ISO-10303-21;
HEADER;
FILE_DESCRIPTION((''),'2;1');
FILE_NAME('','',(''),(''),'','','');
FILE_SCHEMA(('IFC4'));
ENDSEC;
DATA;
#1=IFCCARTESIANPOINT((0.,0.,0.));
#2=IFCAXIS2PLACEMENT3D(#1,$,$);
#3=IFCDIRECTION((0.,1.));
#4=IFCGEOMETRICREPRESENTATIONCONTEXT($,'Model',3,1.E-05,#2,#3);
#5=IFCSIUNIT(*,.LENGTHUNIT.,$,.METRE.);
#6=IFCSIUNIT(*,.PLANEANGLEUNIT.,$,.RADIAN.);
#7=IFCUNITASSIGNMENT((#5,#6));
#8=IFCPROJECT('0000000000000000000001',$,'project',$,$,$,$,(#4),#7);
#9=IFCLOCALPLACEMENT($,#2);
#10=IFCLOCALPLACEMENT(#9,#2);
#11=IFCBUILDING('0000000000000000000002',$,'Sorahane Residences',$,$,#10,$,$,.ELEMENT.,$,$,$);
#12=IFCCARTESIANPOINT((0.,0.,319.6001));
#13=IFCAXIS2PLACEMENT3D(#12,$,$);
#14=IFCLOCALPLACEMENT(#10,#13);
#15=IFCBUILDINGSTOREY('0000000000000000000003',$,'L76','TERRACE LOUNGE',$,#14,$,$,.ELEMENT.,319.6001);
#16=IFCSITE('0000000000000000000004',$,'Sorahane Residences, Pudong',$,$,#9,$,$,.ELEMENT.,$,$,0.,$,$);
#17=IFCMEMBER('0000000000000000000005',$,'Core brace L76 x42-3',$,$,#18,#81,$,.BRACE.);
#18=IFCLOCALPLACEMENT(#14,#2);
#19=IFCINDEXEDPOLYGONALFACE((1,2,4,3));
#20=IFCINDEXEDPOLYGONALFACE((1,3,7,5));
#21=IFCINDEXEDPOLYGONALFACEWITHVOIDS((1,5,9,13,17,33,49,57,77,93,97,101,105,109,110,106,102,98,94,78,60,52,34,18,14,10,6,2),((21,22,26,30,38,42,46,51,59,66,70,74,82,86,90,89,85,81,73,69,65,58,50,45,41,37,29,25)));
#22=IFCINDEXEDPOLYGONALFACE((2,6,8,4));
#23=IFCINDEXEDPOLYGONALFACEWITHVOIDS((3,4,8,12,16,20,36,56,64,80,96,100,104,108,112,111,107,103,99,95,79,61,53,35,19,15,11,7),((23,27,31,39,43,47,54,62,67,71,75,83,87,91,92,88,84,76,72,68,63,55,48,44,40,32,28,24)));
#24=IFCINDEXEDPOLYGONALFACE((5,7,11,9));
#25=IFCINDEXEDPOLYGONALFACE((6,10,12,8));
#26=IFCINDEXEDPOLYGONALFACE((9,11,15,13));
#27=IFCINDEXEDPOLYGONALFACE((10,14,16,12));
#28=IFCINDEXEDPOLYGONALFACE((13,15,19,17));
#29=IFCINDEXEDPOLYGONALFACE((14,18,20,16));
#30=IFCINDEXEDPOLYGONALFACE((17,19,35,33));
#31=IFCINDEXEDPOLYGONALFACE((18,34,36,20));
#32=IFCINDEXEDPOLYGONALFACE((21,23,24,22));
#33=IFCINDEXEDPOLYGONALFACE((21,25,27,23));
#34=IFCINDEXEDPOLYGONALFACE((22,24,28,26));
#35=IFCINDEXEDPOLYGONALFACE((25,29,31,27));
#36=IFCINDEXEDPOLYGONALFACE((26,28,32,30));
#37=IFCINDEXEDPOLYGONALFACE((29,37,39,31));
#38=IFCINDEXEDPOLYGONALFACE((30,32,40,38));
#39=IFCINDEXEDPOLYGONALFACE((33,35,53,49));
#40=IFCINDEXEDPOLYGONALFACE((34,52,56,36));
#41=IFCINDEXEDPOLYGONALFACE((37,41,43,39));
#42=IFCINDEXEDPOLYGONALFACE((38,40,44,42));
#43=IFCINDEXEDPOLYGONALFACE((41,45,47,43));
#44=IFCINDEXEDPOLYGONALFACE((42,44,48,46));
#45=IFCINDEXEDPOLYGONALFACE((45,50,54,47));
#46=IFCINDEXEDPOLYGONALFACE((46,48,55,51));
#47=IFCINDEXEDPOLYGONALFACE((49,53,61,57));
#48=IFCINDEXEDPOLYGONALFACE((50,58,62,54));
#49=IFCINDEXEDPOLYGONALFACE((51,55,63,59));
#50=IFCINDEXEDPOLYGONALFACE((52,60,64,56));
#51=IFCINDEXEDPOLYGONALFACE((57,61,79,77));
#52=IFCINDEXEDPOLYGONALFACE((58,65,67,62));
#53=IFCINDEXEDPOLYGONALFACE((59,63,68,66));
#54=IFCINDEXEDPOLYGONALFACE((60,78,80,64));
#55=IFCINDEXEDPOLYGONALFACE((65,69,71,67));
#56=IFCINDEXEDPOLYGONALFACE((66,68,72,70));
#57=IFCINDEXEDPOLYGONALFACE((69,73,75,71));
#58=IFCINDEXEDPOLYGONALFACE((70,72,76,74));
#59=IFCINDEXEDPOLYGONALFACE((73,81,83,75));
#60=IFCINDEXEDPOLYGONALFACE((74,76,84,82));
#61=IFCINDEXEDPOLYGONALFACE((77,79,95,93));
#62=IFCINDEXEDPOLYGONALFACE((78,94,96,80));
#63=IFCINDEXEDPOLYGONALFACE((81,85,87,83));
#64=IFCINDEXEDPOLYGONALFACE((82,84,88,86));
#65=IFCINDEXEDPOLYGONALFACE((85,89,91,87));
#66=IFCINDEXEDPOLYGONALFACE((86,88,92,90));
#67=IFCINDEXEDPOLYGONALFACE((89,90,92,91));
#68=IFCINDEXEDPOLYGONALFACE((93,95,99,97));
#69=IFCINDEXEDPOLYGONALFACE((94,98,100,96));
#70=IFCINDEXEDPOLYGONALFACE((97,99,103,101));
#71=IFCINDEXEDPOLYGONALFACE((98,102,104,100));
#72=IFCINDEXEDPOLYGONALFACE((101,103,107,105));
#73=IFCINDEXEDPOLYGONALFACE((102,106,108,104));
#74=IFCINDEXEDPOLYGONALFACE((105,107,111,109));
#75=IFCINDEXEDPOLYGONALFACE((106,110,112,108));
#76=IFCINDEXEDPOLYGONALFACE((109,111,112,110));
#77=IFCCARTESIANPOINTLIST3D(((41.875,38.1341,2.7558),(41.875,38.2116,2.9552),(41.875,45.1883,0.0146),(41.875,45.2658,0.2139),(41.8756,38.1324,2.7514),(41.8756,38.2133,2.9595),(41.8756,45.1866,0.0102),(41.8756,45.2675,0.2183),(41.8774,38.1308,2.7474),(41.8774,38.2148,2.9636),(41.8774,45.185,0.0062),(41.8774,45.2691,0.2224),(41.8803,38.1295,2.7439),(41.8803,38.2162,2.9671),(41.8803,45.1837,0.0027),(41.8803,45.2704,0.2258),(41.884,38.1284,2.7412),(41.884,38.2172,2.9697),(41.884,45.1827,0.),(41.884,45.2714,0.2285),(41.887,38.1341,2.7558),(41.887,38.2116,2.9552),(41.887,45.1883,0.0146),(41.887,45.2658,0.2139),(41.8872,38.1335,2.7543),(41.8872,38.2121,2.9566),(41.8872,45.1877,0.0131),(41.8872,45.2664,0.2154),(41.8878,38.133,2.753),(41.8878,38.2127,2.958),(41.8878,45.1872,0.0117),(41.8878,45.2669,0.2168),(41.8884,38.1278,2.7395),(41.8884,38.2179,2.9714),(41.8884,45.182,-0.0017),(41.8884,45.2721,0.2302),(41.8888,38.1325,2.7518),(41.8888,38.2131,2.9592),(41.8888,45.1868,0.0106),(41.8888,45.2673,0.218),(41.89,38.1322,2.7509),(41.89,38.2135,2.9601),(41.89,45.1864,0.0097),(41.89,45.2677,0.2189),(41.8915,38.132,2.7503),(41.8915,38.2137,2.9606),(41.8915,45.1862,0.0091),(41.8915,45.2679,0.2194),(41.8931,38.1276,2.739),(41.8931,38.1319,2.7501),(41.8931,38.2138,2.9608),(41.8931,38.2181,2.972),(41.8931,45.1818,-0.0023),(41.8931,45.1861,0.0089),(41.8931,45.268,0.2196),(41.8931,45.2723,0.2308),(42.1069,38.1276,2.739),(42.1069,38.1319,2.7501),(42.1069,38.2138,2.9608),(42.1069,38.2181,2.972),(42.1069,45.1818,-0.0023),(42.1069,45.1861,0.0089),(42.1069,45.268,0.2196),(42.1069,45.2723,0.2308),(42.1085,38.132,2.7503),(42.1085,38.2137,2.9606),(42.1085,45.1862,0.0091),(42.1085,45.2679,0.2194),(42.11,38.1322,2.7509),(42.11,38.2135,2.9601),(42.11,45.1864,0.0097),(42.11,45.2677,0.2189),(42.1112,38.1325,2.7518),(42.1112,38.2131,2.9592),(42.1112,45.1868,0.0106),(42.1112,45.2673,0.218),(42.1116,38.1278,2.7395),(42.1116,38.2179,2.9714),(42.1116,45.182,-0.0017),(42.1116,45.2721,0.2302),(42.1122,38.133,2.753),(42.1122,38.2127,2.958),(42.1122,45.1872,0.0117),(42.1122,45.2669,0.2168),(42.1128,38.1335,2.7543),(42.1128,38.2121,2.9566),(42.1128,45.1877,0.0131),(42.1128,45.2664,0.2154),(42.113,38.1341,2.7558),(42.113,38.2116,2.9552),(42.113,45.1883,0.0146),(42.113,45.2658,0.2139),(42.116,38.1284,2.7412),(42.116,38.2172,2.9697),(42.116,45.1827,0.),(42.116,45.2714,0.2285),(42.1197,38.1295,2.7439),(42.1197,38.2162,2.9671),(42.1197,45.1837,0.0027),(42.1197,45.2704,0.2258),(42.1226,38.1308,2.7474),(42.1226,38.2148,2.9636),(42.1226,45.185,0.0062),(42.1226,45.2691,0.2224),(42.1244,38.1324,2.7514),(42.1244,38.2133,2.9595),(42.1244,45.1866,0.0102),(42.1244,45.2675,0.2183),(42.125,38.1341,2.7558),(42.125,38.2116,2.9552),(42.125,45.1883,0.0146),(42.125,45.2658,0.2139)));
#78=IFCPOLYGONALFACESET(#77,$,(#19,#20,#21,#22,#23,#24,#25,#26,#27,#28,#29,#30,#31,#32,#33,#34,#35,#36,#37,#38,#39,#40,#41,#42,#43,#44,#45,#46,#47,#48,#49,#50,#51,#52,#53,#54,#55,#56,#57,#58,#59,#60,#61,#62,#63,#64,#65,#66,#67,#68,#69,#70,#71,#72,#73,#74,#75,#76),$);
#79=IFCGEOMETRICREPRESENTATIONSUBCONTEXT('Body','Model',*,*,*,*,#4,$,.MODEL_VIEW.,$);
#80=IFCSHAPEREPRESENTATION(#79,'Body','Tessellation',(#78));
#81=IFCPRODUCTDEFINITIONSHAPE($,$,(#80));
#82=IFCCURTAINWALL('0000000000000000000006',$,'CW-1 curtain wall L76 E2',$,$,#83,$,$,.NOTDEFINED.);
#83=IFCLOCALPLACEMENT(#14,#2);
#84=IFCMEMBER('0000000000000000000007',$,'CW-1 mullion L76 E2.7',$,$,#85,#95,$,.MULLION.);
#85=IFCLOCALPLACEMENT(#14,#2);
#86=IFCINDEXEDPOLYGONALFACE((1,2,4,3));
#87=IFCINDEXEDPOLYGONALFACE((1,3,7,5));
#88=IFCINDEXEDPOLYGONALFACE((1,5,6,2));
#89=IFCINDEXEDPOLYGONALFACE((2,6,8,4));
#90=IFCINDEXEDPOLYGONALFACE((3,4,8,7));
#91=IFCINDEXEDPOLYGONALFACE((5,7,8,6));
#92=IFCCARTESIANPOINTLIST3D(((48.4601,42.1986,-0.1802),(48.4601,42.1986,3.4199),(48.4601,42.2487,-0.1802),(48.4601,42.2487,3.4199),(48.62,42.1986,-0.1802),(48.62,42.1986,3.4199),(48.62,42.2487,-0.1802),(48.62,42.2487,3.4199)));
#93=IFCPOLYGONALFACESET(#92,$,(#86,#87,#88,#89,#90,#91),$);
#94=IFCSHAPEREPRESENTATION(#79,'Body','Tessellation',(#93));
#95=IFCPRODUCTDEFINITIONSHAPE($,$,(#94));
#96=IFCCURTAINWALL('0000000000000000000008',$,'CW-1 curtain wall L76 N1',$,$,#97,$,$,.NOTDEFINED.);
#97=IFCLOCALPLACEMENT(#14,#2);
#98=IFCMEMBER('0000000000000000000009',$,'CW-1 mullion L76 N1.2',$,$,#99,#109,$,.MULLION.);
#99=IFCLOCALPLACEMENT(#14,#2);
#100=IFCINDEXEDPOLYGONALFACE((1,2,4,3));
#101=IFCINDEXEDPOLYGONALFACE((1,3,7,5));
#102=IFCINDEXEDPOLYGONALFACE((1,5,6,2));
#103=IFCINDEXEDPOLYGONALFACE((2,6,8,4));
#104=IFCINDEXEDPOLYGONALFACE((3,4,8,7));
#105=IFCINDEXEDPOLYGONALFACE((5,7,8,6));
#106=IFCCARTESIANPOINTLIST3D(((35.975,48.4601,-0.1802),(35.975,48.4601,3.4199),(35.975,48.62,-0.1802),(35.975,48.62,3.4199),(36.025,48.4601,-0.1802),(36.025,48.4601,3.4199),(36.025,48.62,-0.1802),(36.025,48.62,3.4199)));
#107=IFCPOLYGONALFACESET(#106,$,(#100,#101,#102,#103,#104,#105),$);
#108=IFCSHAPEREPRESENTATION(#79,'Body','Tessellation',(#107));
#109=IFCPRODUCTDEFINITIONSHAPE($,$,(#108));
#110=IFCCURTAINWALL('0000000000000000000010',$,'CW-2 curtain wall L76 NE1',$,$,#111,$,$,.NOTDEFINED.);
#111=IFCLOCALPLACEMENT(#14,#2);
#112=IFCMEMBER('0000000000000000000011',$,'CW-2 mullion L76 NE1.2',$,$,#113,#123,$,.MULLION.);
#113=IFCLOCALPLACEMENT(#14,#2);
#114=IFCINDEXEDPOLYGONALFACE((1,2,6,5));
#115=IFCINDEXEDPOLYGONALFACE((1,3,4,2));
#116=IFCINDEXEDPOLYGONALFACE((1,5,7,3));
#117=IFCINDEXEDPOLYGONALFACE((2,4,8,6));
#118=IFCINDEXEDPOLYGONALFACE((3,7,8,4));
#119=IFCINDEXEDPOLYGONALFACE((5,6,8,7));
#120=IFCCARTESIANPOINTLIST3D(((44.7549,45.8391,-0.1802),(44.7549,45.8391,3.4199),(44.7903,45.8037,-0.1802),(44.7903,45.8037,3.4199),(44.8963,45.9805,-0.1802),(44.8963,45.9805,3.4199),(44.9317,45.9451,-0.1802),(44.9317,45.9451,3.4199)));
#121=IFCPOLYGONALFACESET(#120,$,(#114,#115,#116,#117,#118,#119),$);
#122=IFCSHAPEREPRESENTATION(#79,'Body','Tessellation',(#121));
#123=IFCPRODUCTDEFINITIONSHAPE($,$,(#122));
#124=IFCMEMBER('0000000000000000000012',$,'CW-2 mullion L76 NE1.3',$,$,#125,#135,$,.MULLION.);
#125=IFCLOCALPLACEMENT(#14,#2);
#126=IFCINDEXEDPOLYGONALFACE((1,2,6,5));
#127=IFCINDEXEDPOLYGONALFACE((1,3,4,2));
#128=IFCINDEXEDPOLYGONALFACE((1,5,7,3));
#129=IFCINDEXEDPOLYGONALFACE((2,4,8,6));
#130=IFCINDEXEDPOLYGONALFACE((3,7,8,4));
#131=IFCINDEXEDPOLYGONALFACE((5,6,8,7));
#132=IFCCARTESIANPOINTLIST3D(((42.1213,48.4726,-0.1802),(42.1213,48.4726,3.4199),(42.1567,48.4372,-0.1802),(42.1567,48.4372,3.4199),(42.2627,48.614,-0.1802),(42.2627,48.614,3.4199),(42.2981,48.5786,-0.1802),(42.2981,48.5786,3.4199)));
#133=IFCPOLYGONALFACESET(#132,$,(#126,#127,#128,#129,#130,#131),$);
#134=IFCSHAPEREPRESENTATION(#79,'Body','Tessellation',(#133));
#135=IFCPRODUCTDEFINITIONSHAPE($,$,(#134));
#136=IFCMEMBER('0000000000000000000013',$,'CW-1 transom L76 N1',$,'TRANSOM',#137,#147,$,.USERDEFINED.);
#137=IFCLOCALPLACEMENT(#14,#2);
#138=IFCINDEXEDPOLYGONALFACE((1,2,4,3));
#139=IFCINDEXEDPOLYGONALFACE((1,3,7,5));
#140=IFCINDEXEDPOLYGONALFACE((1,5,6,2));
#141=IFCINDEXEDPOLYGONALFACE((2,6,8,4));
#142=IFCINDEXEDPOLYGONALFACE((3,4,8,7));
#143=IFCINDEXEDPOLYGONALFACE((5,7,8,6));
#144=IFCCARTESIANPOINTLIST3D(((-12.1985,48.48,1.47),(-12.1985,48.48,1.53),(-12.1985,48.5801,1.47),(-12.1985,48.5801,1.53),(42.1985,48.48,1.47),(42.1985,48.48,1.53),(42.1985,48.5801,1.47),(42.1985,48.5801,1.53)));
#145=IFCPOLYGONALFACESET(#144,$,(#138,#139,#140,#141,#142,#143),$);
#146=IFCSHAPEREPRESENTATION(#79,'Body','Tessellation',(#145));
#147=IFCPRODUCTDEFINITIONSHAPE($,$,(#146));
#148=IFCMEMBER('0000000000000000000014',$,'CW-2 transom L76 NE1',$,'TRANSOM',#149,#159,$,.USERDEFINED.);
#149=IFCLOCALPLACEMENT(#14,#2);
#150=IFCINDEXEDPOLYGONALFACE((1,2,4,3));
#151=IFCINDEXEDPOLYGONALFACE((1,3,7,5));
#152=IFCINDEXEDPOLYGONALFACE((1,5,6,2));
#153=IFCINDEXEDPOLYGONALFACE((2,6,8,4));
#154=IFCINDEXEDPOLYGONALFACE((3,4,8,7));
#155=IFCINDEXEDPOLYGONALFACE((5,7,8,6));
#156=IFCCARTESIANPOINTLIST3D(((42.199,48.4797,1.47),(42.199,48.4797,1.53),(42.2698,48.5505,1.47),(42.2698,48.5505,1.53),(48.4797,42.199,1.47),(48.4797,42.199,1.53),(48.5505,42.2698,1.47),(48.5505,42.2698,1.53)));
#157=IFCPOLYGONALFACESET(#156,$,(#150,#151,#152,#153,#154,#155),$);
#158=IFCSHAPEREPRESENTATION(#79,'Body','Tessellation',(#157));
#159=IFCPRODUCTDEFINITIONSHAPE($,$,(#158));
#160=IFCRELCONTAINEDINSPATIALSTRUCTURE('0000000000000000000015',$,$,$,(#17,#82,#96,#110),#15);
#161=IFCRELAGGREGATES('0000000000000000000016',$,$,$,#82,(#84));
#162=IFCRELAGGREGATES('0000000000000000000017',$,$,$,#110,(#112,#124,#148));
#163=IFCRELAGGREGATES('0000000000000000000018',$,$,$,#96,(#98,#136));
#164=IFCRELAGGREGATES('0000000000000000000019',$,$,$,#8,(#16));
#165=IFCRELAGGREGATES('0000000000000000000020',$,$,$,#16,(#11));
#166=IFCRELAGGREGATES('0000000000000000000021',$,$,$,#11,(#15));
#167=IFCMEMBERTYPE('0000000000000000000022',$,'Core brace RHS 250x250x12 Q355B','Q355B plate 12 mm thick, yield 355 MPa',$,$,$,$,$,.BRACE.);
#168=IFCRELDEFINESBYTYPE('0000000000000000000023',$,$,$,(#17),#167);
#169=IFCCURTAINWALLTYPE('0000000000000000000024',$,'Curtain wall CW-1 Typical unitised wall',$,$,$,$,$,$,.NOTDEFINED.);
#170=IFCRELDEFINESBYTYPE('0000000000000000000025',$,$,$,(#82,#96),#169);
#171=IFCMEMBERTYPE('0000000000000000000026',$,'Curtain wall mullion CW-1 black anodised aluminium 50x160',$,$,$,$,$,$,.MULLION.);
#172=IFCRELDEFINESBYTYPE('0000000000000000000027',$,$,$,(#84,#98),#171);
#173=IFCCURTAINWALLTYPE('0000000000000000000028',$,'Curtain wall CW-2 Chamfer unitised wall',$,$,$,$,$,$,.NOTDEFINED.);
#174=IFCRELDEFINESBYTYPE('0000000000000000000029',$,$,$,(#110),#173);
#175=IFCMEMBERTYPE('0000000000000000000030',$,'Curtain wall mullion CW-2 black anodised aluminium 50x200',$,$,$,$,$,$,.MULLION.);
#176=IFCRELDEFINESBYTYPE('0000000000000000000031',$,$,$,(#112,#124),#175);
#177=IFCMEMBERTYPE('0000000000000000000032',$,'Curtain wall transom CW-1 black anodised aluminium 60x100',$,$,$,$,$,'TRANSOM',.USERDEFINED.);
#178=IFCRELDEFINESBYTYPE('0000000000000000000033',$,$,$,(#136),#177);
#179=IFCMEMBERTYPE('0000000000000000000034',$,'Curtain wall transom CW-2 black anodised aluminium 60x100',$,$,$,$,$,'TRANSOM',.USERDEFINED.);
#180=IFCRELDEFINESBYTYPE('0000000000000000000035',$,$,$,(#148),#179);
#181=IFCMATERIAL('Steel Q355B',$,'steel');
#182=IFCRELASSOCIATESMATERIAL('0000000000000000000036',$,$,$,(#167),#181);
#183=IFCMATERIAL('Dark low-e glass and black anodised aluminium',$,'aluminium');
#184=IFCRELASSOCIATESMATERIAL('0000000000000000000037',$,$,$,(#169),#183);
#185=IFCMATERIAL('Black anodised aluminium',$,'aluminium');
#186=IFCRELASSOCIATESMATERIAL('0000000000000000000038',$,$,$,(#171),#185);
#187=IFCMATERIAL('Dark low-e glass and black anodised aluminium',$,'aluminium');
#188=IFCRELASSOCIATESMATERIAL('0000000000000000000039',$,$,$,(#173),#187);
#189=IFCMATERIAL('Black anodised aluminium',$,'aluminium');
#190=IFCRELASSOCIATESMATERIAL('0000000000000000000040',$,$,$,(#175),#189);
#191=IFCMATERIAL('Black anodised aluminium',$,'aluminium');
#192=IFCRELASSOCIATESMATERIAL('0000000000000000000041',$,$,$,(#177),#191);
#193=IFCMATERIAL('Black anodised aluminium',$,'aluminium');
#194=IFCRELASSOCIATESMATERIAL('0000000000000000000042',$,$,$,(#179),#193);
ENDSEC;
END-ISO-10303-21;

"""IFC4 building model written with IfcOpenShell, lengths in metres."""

from ifc_helpers import new_model, si_unit, direction, frame, origin, origin_2d, place, context, subcontext, project, spatial, rectangle, hollow_rectangle, extrude, material, material_profile, profile_set, type_object, element, aggregate, save


model = new_model("IFC4")

# Units and contexts
model_context = context("Model", 3, precision=1e-05, world=origin(), true_north=direction((0.0, 1.0)))
body_context = subcontext(model_context, "Body", "Model", "MODEL_VIEW")
ifc_project = project(units=[si_unit("LENGTHUNIT", "METRE"), si_unit("PLANEANGLEUNIT", "RADIAN")], contexts=[model_context])

# Site, building, storey
site_placement = place(None, origin())
site = spatial("IfcSite", under=ifc_project, at=site_placement, Name="Sorahane Residences, Pudong", CompositionType="ELEMENT", RefElevation=0.0)
building_placement = place(site_placement, origin())
building = spatial("IfcBuilding", under=site, at=building_placement, Name="Sorahane Residences", CompositionType="ELEMENT")
storey_placement = place(building_placement, frame((0.0, 0.0, 319.6001)))
storey = spatial("IfcBuildingStorey", under=building, at=storey_placement, Name="L76", Description="TERRACE LOUNGE", CompositionType="ELEMENT", Elevation=319.6001)

# Member
ifc_material_1 = material(Name="Steel Q355B", Category="steel")
ifc_material_profile_1 = material_profile(ifc_material_1, hollow_rectangle(XDim=0.25, YDim=0.25, WallThickness=0.012, InnerFilletRadius=0.0061, OuterFilletRadius=0.0181, at=origin_2d()), Name="RHS 250x250x12")
ifc_profile_set_1 = profile_set([ifc_material_profile_1], Name="Steel Q355B")
member_type_1 = type_object("IfcMemberType", Name="Core brace RHS 250x250x12 Q355B", Description="Q355B plate 12 mm thick, yield 355 MPa", PredefinedType="BRACE", material=ifc_profile_set_1)
member_1_placement = place(storey_placement, frame((42.0, 45.2271, 0.1143), z_axis=(0.0, -0.932098, 0.362207), x_axis=(1.0, 0.0, 0.0)))
element("IfcMember", 1, at=member_1_placement, inside=storey, type_object=member_type_1, Name="Core brace L76 x42-3", PredefinedType="BRACE", context=body_context, shape_type="SweptSolid", body=[
    extrude(hollow_rectangle(XDim=0.25, YDim=0.25, WallThickness=0.012, InnerFilletRadius=0.0061, OuterFilletRadius=0.0181, at=origin_2d()), origin(), (0.0, 0.0, 1.0), 7.5681),
])

# Curtain walls, members
ifc_material_2 = material(Name="Dark low-e glass and black anodised aluminium", Category="aluminium")
curtain_wall_type_1 = type_object("IfcCurtainWallType", Name="Curtain wall CW-1 Typical unitised wall", PredefinedType="NOTDEFINED", material=ifc_material_2)
curtain_wall_1_placement = place(storey_placement, origin())
curtain_wall_1 = element("IfcCurtainWall", 2, at=curtain_wall_1_placement, inside=storey, type_object=curtain_wall_type_1, Name="CW-1 curtain wall L76 E2", PredefinedType="NOTDEFINED")
ifc_material_3 = material(Name="Black anodised aluminium", Category="aluminium")
ifc_material_profile_2 = material_profile(ifc_material_3, rectangle(XDim=0.1599, YDim=0.05, at=origin_2d()), Name="Curtain wall mullion CW-1 black anodised aluminium 50x160")
ifc_profile_set_2 = profile_set([ifc_material_profile_2], Name="Black anodised aluminium")
member_type_2 = type_object("IfcMemberType", Name="Curtain wall mullion CW-1 black anodised aluminium 50x160", PredefinedType="MULLION", material=ifc_profile_set_2)
member_2_placement = place(storey_placement, frame((48.54, 42.2236, -0.1802), z_axis=(0.0, 0.0, 1.0), x_axis=(1.0, 0.0, 0.0)))
member_2 = element("IfcMember", 3, at=member_2_placement, type_object=member_type_2, Name="CW-1 mullion L76 E2.7", PredefinedType="MULLION", context=body_context, shape_type="SweptSolid", body=[
    extrude(rectangle(XDim=0.1599, YDim=0.05, at=origin_2d()), origin(), (0.0, 0.0, 1.0), 3.6001),
])
aggregate(curtain_wall_1, [member_2])
curtain_wall_2_placement = place(storey_placement, origin())
curtain_wall_2 = element("IfcCurtainWall", 4, at=curtain_wall_2_placement, inside=storey, type_object=curtain_wall_type_1, Name="CW-1 curtain wall L76 N1", PredefinedType="NOTDEFINED")
member_3_placement = place(storey_placement, frame((36.0, 48.54, -0.1802), z_axis=(0.0, 0.0, 1.0), x_axis=(0.0, 1.0, 0.0)))
member_3 = element("IfcMember", 5, at=member_3_placement, type_object=member_type_2, Name="CW-1 mullion L76 N1.2", PredefinedType="MULLION", context=body_context, shape_type="SweptSolid", body=[
    extrude(rectangle(XDim=0.1599, YDim=0.05, at=origin_2d()), origin(), (0.0, 0.0, 1.0), 3.6001),
])

# Curtain wall, members
ifc_material_4 = material(Name="Dark low-e glass and black anodised aluminium", Category="aluminium")
curtain_wall_type_2 = type_object("IfcCurtainWallType", Name="Curtain wall CW-2 Chamfer unitised wall", PredefinedType="NOTDEFINED", material=ifc_material_4)
curtain_wall_3_placement = place(storey_placement, origin())
curtain_wall_3 = element("IfcCurtainWall", 6, at=curtain_wall_3_placement, inside=storey, type_object=curtain_wall_type_2, Name="CW-2 curtain wall L76 NE1", PredefinedType="NOTDEFINED")
ifc_material_5 = material(Name="Black anodised aluminium", Category="aluminium")
ifc_material_profile_3 = material_profile(ifc_material_5, rectangle(XDim=0.2, YDim=0.05, at=origin_2d()), Name="Curtain wall mullion CW-2 black anodised aluminium 50x200")
ifc_profile_set_3 = profile_set([ifc_material_profile_3], Name="Black anodised aluminium")
member_type_3 = type_object("IfcMemberType", Name="Curtain wall mullion CW-2 black anodised aluminium 50x200", PredefinedType="MULLION", material=ifc_profile_set_3)
member_4_placement = place(storey_placement, frame((44.8433, 45.8921, -0.1802), z_axis=(0.0, 0.0, 1.0), x_axis=(0.707107, 0.707107, 0.0)))
member_4 = element("IfcMember", 7, at=member_4_placement, type_object=member_type_3, Name="CW-2 mullion L76 NE1.2", PredefinedType="MULLION", context=body_context, shape_type="SweptSolid", body=[
    extrude(rectangle(XDim=0.2, YDim=0.05, at=origin_2d()), origin(), (0.0, 0.0, 1.0), 3.6001),
])
member_5_placement = place(storey_placement, frame((42.2097, 48.5256, -0.1802), z_axis=(0.0, 0.0, 1.0), x_axis=(0.707107, 0.707107, 0.0)))
member_5 = element("IfcMember", 8, at=member_5_placement, type_object=member_type_3, Name="CW-2 mullion L76 NE1.3", PredefinedType="MULLION", context=body_context, shape_type="SweptSolid", body=[
    extrude(rectangle(XDim=0.2, YDim=0.05, at=origin_2d()), origin(), (0.0, 0.0, 1.0), 3.6001),
])

# Members
ifc_material_6 = material(Name="Black anodised aluminium", Category="aluminium")
ifc_material_profile_4 = material_profile(ifc_material_6, rectangle(XDim=0.1001, YDim=0.0601, at=origin_2d()), Name="Curtain wall transom CW-1 black anodised aluminium 60x100")
ifc_profile_set_4 = profile_set([ifc_material_profile_4], Name="Black anodised aluminium")
member_type_4 = type_object("IfcMemberType", Name="Curtain wall transom CW-1 black anodised aluminium 60x100", ElementType="TRANSOM", PredefinedType="USERDEFINED", material=ifc_profile_set_4)
member_6_placement = place(storey_placement, frame((42.1985, 48.53, 1.5), z_axis=(-1.0, 0.0, 0.0), x_axis=(0.0, -1.0, 0.0)))
member_6 = element("IfcMember", 9, at=member_6_placement, type_object=member_type_4, Name="CW-1 transom L76 N1", ObjectType="TRANSOM", PredefinedType="USERDEFINED", context=body_context, shape_type="SweptSolid", body=[
    extrude(rectangle(XDim=0.1001, YDim=0.0601, at=origin_2d()), origin(), (0.0, 0.0, 1.0), 54.397),
])
ifc_material_7 = material(Name="Black anodised aluminium", Category="aluminium")
ifc_material_profile_5 = material_profile(ifc_material_7, rectangle(XDim=0.1001, YDim=0.0601, at=origin_2d()), Name="Curtain wall transom CW-2 black anodised aluminium 60x100")
ifc_profile_set_5 = profile_set([ifc_material_profile_5], Name="Black anodised aluminium")
member_type_5 = type_object("IfcMemberType", Name="Curtain wall transom CW-2 black anodised aluminium 60x100", ElementType="TRANSOM", PredefinedType="USERDEFINED", material=ifc_profile_set_5)
member_7_placement = place(storey_placement, frame((48.5151, 42.2344, 1.5), z_axis=(-0.707107, 0.707107, 0.0), x_axis=(-0.707107, -0.707107, 0.0)))
member_7 = element("IfcMember", 10, at=member_7_placement, type_object=member_type_5, Name="CW-2 transom L76 NE1", ObjectType="TRANSOM", PredefinedType="USERDEFINED", context=body_context, shape_type="SweptSolid", body=[
    extrude(rectangle(XDim=0.1001, YDim=0.0601, at=origin_2d()), origin(), (0.0, 0.0, 1.0), 8.8823),
])

aggregate(curtain_wall_3, [member_4, member_5, member_7])
aggregate(curtain_wall_2, [member_3, member_6])

save(model, "model.ifc")
